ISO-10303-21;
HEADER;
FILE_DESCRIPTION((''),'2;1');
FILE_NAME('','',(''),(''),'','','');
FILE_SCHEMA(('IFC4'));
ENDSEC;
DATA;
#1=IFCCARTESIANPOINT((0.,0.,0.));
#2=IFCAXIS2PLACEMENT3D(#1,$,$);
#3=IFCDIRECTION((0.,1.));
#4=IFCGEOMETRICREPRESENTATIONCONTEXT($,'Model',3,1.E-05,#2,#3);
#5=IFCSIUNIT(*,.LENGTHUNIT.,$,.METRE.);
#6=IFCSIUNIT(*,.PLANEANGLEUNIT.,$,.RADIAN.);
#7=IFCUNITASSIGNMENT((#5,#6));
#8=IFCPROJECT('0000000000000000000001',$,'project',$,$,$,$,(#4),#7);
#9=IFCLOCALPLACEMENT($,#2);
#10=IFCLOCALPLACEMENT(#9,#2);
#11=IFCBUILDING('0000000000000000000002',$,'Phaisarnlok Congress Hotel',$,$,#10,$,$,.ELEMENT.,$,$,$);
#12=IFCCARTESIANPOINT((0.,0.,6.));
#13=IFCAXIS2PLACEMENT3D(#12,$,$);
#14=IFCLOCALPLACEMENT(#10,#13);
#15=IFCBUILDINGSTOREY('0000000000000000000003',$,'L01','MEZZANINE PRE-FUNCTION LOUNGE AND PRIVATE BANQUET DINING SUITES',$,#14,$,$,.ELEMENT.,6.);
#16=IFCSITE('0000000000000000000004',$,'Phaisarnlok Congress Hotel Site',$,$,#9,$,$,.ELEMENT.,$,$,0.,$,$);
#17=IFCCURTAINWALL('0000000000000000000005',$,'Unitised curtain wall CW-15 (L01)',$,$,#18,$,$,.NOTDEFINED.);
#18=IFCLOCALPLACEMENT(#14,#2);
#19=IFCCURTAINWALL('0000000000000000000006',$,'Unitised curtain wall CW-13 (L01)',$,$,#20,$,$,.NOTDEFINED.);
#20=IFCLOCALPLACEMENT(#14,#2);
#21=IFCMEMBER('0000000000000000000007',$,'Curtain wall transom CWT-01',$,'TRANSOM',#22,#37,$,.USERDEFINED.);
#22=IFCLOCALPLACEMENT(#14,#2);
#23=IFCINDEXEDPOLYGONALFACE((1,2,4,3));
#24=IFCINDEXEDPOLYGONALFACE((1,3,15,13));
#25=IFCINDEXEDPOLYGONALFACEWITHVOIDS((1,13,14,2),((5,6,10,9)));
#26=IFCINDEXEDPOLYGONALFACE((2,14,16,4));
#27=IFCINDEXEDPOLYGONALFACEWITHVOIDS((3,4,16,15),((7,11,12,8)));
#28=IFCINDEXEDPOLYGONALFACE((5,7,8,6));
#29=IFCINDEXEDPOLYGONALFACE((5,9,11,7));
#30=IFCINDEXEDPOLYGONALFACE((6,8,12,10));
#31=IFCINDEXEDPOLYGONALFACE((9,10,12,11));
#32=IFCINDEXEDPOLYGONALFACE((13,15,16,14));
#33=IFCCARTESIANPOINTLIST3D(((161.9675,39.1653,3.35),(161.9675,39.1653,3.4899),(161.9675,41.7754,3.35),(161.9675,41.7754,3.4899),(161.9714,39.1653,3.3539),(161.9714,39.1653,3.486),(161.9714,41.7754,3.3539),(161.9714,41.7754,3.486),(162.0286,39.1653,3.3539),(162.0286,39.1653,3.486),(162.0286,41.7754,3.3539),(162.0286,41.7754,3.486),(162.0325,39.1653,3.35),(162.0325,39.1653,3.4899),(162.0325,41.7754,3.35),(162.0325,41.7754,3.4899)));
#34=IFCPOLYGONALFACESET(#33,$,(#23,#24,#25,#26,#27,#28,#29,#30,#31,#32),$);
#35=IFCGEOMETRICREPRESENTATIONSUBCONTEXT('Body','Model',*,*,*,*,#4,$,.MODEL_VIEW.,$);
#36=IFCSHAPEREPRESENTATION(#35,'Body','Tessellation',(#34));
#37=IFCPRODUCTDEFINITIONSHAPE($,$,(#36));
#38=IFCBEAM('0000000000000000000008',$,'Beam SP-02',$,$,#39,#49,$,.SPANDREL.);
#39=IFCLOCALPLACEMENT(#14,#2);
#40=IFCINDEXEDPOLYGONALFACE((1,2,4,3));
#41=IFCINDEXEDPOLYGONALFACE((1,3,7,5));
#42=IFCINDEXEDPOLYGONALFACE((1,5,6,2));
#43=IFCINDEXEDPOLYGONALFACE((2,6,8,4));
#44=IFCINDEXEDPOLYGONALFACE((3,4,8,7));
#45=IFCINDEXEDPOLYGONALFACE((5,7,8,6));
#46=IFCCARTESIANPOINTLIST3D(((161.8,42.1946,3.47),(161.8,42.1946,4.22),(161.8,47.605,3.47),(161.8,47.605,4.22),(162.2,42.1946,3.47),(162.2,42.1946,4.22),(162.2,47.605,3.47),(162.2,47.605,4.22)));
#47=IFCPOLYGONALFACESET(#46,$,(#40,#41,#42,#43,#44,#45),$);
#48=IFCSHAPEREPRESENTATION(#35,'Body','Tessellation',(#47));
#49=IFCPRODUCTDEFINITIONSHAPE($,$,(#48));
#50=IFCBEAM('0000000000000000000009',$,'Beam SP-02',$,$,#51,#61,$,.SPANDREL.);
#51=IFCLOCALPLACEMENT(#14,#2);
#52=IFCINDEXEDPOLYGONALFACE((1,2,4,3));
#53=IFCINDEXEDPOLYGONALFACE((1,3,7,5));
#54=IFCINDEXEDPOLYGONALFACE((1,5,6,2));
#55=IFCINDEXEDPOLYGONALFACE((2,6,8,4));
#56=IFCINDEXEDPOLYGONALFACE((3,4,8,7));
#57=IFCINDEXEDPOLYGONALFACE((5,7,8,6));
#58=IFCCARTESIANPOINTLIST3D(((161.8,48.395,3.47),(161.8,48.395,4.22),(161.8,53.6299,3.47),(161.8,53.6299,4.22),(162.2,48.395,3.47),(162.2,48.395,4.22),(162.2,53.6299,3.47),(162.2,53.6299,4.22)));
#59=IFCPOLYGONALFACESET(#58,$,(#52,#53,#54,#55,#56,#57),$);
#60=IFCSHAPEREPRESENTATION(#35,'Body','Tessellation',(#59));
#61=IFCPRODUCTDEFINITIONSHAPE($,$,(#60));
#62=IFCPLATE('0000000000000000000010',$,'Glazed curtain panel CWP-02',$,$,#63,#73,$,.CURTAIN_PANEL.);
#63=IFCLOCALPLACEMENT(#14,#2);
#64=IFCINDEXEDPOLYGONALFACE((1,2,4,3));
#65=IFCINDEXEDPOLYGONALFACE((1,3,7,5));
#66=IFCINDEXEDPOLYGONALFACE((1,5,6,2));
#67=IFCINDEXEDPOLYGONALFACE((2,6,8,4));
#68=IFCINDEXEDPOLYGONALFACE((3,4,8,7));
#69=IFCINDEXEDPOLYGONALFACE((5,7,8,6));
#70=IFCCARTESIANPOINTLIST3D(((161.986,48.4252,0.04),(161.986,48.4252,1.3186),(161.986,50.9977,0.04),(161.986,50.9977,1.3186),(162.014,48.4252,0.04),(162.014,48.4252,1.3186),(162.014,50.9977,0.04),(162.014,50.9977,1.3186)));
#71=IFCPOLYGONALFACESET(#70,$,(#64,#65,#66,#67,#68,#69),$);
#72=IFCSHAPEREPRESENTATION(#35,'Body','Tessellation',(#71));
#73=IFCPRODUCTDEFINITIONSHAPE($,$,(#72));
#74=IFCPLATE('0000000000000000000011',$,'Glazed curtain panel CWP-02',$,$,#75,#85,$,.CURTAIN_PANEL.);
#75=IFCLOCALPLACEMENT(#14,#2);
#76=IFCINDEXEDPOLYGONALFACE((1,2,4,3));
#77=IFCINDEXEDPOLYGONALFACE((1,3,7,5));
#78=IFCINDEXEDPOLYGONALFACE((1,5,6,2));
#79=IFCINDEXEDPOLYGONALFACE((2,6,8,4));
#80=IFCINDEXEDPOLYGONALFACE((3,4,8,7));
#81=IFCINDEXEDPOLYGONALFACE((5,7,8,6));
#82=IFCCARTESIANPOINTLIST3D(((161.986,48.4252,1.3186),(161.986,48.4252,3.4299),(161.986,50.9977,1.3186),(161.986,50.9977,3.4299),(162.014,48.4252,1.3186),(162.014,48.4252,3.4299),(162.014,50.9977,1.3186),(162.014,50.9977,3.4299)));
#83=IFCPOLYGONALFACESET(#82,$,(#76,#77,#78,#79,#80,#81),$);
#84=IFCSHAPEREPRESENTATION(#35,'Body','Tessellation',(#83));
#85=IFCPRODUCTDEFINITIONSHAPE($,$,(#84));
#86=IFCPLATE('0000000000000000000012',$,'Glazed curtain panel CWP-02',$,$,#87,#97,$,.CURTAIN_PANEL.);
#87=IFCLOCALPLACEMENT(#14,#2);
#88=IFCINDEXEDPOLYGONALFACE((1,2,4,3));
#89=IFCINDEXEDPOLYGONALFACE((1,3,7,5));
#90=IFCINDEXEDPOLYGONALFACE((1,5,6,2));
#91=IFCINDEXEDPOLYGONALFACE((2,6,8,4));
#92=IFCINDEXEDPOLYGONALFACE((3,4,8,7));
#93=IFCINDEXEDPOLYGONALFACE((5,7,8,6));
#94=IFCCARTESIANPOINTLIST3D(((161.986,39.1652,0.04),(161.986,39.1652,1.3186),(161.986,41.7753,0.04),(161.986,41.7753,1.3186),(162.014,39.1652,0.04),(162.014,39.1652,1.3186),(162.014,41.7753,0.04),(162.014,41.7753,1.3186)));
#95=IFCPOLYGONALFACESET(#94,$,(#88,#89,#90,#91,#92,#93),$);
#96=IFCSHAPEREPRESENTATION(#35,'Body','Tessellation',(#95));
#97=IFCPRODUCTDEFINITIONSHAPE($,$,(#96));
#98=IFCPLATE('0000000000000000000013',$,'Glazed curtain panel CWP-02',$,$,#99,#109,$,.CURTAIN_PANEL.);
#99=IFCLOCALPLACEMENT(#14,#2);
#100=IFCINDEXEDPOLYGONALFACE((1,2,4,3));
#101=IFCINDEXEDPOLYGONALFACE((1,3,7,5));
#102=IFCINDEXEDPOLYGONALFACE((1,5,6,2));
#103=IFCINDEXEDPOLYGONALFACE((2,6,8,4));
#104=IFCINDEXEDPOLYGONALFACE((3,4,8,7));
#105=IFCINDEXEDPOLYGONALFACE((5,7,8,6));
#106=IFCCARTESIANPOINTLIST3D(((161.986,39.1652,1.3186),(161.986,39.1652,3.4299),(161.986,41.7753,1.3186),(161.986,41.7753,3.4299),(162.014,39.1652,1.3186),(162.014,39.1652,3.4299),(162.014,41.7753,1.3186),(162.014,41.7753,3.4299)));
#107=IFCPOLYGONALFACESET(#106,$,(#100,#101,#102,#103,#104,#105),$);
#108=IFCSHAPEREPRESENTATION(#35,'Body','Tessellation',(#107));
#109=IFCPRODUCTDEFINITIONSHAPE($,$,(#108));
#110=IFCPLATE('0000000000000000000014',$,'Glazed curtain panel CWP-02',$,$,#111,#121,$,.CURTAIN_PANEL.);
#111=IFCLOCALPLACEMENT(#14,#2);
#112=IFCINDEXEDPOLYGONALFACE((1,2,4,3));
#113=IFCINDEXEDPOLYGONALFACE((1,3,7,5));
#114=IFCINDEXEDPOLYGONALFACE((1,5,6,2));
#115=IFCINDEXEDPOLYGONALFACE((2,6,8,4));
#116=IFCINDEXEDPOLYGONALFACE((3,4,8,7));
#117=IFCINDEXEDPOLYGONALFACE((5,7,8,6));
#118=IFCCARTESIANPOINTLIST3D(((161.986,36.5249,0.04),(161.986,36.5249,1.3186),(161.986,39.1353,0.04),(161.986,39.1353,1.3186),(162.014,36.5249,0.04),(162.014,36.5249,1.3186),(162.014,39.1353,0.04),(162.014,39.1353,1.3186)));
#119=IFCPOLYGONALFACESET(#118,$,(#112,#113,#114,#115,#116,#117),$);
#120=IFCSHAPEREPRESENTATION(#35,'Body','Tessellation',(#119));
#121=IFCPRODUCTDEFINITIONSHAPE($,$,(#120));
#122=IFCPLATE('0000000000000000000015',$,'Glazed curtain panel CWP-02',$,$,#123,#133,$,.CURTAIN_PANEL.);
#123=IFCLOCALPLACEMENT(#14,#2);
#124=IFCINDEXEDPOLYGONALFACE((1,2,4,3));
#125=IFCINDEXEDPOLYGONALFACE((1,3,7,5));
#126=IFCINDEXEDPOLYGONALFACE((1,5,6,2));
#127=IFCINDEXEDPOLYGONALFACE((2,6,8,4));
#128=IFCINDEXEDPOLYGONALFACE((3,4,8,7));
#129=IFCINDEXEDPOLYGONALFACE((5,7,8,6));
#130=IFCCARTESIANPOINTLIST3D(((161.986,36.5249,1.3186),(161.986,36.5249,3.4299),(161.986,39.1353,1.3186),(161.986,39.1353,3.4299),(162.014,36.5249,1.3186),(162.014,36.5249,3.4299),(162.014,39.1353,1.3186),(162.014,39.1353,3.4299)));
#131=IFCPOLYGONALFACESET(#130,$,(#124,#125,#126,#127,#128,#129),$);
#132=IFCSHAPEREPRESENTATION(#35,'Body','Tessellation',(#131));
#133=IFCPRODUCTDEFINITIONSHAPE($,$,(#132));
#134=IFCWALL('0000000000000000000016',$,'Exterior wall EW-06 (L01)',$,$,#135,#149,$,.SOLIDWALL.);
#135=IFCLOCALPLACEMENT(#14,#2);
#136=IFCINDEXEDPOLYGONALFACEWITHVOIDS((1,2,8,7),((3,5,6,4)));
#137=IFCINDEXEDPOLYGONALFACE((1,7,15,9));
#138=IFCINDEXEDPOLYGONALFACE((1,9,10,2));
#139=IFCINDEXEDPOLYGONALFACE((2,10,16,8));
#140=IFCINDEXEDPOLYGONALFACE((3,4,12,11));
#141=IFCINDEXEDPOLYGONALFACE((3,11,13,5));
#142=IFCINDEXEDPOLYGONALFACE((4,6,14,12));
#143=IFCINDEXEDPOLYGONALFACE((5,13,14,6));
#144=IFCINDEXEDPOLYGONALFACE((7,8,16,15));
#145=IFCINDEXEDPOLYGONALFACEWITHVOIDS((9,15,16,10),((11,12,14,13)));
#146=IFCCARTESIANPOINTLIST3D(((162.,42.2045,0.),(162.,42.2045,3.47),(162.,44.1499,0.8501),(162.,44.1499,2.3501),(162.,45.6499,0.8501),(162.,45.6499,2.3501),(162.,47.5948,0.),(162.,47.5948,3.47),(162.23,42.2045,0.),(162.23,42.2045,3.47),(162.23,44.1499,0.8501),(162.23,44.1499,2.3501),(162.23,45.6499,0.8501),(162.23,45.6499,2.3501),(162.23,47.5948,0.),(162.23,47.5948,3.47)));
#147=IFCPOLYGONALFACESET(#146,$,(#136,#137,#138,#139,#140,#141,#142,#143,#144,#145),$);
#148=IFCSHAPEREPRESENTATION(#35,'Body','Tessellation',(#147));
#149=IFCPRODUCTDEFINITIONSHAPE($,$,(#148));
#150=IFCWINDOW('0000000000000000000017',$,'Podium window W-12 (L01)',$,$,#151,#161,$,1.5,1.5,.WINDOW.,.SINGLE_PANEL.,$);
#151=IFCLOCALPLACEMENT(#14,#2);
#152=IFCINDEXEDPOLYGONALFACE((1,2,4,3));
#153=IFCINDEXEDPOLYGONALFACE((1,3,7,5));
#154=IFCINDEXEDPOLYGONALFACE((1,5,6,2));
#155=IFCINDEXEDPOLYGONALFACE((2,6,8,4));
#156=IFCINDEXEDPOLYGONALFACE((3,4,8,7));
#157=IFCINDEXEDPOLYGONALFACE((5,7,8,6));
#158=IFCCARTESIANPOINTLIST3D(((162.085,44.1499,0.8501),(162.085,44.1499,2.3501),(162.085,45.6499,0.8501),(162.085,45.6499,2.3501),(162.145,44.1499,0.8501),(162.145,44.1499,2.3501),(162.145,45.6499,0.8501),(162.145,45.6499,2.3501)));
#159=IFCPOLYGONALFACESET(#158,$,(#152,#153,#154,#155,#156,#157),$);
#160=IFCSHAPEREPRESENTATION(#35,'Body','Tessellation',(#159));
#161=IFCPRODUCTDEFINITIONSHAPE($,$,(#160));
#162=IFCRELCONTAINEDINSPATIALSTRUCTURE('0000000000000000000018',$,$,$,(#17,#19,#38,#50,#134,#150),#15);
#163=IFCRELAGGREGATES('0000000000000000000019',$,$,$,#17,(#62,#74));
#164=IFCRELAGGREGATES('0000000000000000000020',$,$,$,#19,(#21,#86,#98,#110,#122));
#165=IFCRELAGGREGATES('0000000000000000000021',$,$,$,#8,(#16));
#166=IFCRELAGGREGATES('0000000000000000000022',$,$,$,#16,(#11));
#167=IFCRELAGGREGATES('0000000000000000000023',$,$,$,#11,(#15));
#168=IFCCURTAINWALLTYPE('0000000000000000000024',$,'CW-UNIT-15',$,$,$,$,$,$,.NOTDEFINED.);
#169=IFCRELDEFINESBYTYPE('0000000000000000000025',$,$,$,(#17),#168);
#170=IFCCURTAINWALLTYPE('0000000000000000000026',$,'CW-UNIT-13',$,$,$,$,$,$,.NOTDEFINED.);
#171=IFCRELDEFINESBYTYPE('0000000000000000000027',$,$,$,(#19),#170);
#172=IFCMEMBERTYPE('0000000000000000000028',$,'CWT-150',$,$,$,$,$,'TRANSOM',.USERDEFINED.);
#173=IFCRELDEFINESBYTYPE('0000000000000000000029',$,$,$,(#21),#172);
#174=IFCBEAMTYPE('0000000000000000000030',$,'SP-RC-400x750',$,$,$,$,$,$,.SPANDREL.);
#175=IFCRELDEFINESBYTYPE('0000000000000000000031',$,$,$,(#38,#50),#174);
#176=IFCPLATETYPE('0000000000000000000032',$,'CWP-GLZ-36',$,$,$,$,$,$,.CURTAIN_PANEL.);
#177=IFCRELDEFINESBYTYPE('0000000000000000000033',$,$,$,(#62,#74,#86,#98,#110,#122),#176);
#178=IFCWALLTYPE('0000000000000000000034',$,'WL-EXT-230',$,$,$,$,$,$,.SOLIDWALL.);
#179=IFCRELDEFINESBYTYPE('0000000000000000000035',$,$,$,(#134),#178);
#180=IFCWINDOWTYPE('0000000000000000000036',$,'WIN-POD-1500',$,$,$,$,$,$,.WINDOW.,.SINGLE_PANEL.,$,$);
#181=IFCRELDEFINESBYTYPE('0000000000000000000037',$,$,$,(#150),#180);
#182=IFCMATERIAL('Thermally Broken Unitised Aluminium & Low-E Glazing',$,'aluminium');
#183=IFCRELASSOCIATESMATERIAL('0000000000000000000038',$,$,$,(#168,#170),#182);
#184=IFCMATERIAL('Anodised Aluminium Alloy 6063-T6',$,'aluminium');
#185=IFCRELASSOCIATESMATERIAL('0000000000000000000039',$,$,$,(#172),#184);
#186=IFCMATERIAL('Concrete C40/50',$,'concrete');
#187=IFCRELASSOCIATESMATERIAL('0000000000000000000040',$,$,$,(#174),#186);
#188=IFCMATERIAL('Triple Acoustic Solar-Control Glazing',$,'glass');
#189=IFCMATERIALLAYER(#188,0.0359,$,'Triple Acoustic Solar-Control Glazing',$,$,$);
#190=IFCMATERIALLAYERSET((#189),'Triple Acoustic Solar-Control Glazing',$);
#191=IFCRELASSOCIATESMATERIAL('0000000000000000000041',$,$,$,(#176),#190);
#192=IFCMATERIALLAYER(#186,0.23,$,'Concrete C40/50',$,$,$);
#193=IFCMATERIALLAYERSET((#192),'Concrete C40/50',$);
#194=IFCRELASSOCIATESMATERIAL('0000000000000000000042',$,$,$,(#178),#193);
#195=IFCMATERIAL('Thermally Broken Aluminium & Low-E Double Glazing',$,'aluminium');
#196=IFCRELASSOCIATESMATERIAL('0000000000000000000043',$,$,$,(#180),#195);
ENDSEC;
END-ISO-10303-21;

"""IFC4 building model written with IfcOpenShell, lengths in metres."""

from ifc_helpers import new_model, si_unit, direction, frame, frame_2d, origin, origin_2d, place, context, subcontext, project, spatial, rectangle, hollow_rectangle, extrude, material, layer, layer_set, material_profile, profile_set, type_object, element, fill, aggregate, save


model = new_model("IFC4")

# Units and contexts
model_context = context("Model", 3, precision=1e-05, world=origin(), true_north=direction((0.0, 1.0)))
body_context = subcontext(model_context, "Body", "Model", "MODEL_VIEW")
ifc_project = project(units=[si_unit("LENGTHUNIT", "METRE"), si_unit("PLANEANGLEUNIT", "RADIAN")], contexts=[model_context])

# Site, building, storey
site_placement = place(None, origin())
site = spatial("IfcSite", under=ifc_project, at=site_placement, Name="Phaisarnlok Congress Hotel Site", CompositionType="ELEMENT", RefElevation=0.0)
building_placement = place(site_placement, origin())
building = spatial("IfcBuilding", under=site, at=building_placement, Name="Phaisarnlok Congress Hotel", CompositionType="ELEMENT")
storey_placement = place(building_placement, frame((0.0, 0.0, 6.0)))
storey = spatial("IfcBuildingStorey", under=building, at=storey_placement, Name="L01", Description="MEZZANINE PRE-FUNCTION LOUNGE AND PRIVATE BANQUET DINING SUITES", CompositionType="ELEMENT", Elevation=6.0)

# Shared definitions
ifc_material_1 = material(Name="Concrete C40/50", Category="concrete")

# Curtain wall
ifc_material_2 = material(Name="Thermally Broken Unitised Aluminium & Low-E Glazing", Category="aluminium")
curtain_wall_type_1 = type_object("IfcCurtainWallType", Name="CW-UNIT-15", PredefinedType="NOTDEFINED", material=ifc_material_2)
curtain_wall_1_placement = place(storey_placement, origin())
curtain_wall_1 = element("IfcCurtainWall", 1, at=curtain_wall_1_placement, inside=storey, type_object=curtain_wall_type_1, Name="Unitised curtain wall CW-15 (L01)", PredefinedType="NOTDEFINED")
ifc_material_3 = material(Name="Anodised Aluminium Alloy 6063-T6", Category="aluminium")

# Curtain wall
curtain_wall_type_2 = type_object("IfcCurtainWallType", Name="CW-UNIT-13", PredefinedType="NOTDEFINED", material=ifc_material_2)
curtain_wall_2_placement = place(storey_placement, origin())
curtain_wall_2 = element("IfcCurtainWall", 2, at=curtain_wall_2_placement, inside=storey, type_object=curtain_wall_type_2, Name="Unitised curtain wall CW-13 (L01)", PredefinedType="NOTDEFINED")

# Member
ifc_material_profile_1 = material_profile(ifc_material_3, hollow_rectangle(XDim=0.0649, YDim=0.1399, WallThickness=0.0039, at=origin_2d()), Name="ALU-T 65x140x4")
ifc_profile_set_1 = profile_set([ifc_material_profile_1], Name="Anodised Aluminium Alloy 6063-T6")
member_type_1 = type_object("IfcMemberType", Name="CWT-150", ElementType="TRANSOM", PredefinedType="USERDEFINED", material=ifc_profile_set_1)
member_1_placement = place(storey_placement, frame((162.0, 41.7754, 3.4199), z_axis=(0.0, -1.0, 0.0), x_axis=(1.0, 0.0, 0.0)))
member_1 = element("IfcMember", 3, at=member_1_placement, type_object=member_type_1, Name="Curtain wall transom CWT-01", ObjectType="TRANSOM", PredefinedType="USERDEFINED", context=body_context, shape_type="SweptSolid", body=[
    extrude(hollow_rectangle(XDim=0.0649, YDim=0.1399, WallThickness=0.0039, at=origin_2d()), origin(), (0.0, 0.0, 1.0), 2.6101),
])

# Beams
ifc_material_profile_2 = material_profile(ifc_material_1, rectangle(XDim=0.3999, YDim=0.75, at=origin_2d()), Name="RC 400x750")
ifc_profile_set_2 = profile_set([ifc_material_profile_2], Name="Concrete C40/50")
beam_type_1 = type_object("IfcBeamType", Name="SP-RC-400x750", PredefinedType="SPANDREL", material=ifc_profile_set_2)
beam_1_placement = place(storey_placement, frame((162.0, 42.1946, 3.845), z_axis=(0.0, 1.0, 0.0), x_axis=(-1.0, 0.0, 0.0)))
element("IfcBeam", 4, at=beam_1_placement, inside=storey, type_object=beam_type_1, Name="Beam SP-02", PredefinedType="SPANDREL", context=body_context, shape_type="SweptSolid", body=[
    extrude(rectangle(XDim=0.3999, YDim=0.75, at=origin_2d()), origin(), (0.0, 0.0, 1.0), 5.4104),
])
beam_2_placement = place(storey_placement, frame((162.0, 48.395, 3.845), z_axis=(0.0, 1.0, 0.0), x_axis=(-1.0, 0.0, 0.0)))
element("IfcBeam", 5, at=beam_2_placement, inside=storey, type_object=beam_type_1, Name="Beam SP-02", PredefinedType="SPANDREL", context=body_context, shape_type="SweptSolid", body=[
    extrude(rectangle(XDim=0.3999, YDim=0.75, at=origin_2d()), origin(), (0.0, 0.0, 1.0), 5.2349),
])

# Plates
ifc_material_4 = material(Name="Triple Acoustic Solar-Control Glazing", Category="glass")
ifc_layer_1 = layer(ifc_material_4, 0.0359, Name="Triple Acoustic Solar-Control Glazing")
ifc_layer_set_1 = layer_set([ifc_layer_1], Name="Triple Acoustic Solar-Control Glazing")
plate_type = type_object("IfcPlateType", Name="CWP-GLZ-36", PredefinedType="CURTAIN_PANEL", material=ifc_layer_set_1)
plate_1_placement = place(storey_placement, frame((162.0, 50.9976, 0.04), z_axis=(0.0, 0.0, 1.0), x_axis=(0.0, -1.0, 0.0)))
plate_1 = element("IfcPlate", 6, at=plate_1_placement, type_object=plate_type, Name="Glazed curtain panel CWP-02", PredefinedType="CURTAIN_PANEL", context=body_context, shape_type="SweptSolid", body=[
    extrude(rectangle(XDim=2.5725, YDim=0.0281, at=frame_2d((1.2861, 0.0))), origin(), (0.0, 0.0, 1.0), 1.2786),
])
plate_2_placement = place(storey_placement, frame((162.0, 50.9976, 1.3186), z_axis=(0.0, 0.0, 1.0), x_axis=(0.0, -1.0, 0.0)))
plate_2 = element("IfcPlate", 7, at=plate_2_placement, type_object=plate_type, Name="Glazed curtain panel CWP-02", PredefinedType="CURTAIN_PANEL", context=body_context, shape_type="SweptSolid", body=[
    extrude(rectangle(XDim=2.5725, YDim=0.0281, at=frame_2d((1.2861, 0.0))), origin(), (0.0, 0.0, 1.0), 2.1113),
])
aggregate(curtain_wall_1, [plate_1, plate_2])
plate_3_placement = place(storey_placement, frame((162.0, 41.7754, 0.04), z_axis=(0.0, 0.0, 1.0), x_axis=(0.0, -1.0, 0.0)))
plate_3 = element("IfcPlate", 8, at=plate_3_placement, type_object=plate_type, Name="Glazed curtain panel CWP-02", PredefinedType="CURTAIN_PANEL", context=body_context, shape_type="SweptSolid", body=[
    extrude(rectangle(XDim=2.6101, YDim=0.0281, at=frame_2d((1.3052, 0.0))), origin(), (0.0, 0.0, 1.0), 1.2786),
])
plate_4_placement = place(storey_placement, frame((162.0, 41.7754, 1.3186), z_axis=(0.0, 0.0, 1.0), x_axis=(0.0, -1.0, 0.0)))
plate_4 = element("IfcPlate", 9, at=plate_4_placement, type_object=plate_type, Name="Glazed curtain panel CWP-02", PredefinedType="CURTAIN_PANEL", context=body_context, shape_type="SweptSolid", body=[
    extrude(rectangle(XDim=2.6101, YDim=0.0281, at=frame_2d((1.3052, 0.0))), origin(), (0.0, 0.0, 1.0), 2.1113),
])
plate_5_placement = place(storey_placement, frame((162.0, 39.1353, 0.04), z_axis=(0.0, 0.0, 1.0), x_axis=(0.0, -1.0, 0.0)))
plate_5 = element("IfcPlate", 10, at=plate_5_placement, type_object=plate_type, Name="Glazed curtain panel CWP-02", PredefinedType="CURTAIN_PANEL", context=body_context, shape_type="SweptSolid", body=[
    extrude(rectangle(XDim=2.6104, YDim=0.0281, at=frame_2d((1.3052, 0.0))), origin(), (0.0, 0.0, 1.0), 1.2786),
])
plate_6_placement = place(storey_placement, frame((162.0, 39.1353, 1.3186), z_axis=(0.0, 0.0, 1.0), x_axis=(0.0, -1.0, 0.0)))
plate_6 = element("IfcPlate", 11, at=plate_6_placement, type_object=plate_type, Name="Glazed curtain panel CWP-02", PredefinedType="CURTAIN_PANEL", context=body_context, shape_type="SweptSolid", body=[
    extrude(rectangle(XDim=2.6104, YDim=0.0281, at=frame_2d((1.3052, 0.0))), origin(), (0.0, 0.0, 1.0), 2.1113),
])
aggregate(curtain_wall_2, [member_1, plate_3, plate_4, plate_5, plate_6])

# Wall, opening, window
ifc_layer_2 = layer(ifc_material_1, 0.23, Name="Concrete C40/50")
ifc_layer_set_2 = layer_set([ifc_layer_2], Name="Concrete C40/50")
wall_type = type_object("IfcWallType", Name="WL-EXT-230", PredefinedType="SOLIDWALL", material=ifc_layer_set_2)
wall_placement = place(storey_placement, frame((162.115, 47.595, 0.0), z_axis=(0.0, 0.0, 1.0), x_axis=(0.0, -1.0, 0.0)))
wall = element("IfcWall", 12, at=wall_placement, inside=storey, type_object=wall_type, Name="Exterior wall EW-06 (L01)", PredefinedType="SOLIDWALL", context=body_context, shape_type="SweptSolid", body=[
    extrude(rectangle(XDim=5.3904, YDim=0.23, at=frame_2d((2.6953, 0.0))), origin(), (0.0, 0.0, 1.0), 3.47),
])
opening_placement = place(wall_placement, frame((1.9451, 0.0, 0.8501)))
opening = element("IfcOpeningElement", 13, at=opening_placement, cuts=wall, PredefinedType="OPENING", context=body_context, shape_type="SweptSolid", body=[
    extrude(rectangle(XDim=1.5, YDim=1.5, at=frame_2d((0.75, 0.75))), frame((0.0, 0.125, 0.0), z_axis=(0.0, -1.0, 0.0), x_axis=(1.0, 0.0, 0.0)), (0.0, 0.0, 1.0), 0.25),
])
ifc_material_5 = material(Name="Thermally Broken Aluminium & Low-E Double Glazing", Category="aluminium")
window_type = type_object("IfcWindowType", Name="WIN-POD-1500", PartitioningType="SINGLE_PANEL", PredefinedType="WINDOW", material=ifc_material_5)
window_placement = place(opening_placement, origin())
window = element("IfcWindow", 14, at=window_placement, inside=storey, type_object=window_type, Name="Podium window W-12 (L01)", OverallHeight=1.5, OverallWidth=1.5, PartitioningType="SINGLE_PANEL", PredefinedType="WINDOW", context=body_context, shape_type="SweptSolid", body=[
    extrude(rectangle(XDim=1.5, YDim=1.5, at=frame_2d((0.75, 0.75))), frame((0.0, 0.03, 0.0), z_axis=(0.0, -1.0, 0.0), x_axis=(1.0, 0.0, 0.0)), (0.0, 0.0, 1.0), 0.0601),
])
fill(opening, window)

save(model, "model.ifc")
